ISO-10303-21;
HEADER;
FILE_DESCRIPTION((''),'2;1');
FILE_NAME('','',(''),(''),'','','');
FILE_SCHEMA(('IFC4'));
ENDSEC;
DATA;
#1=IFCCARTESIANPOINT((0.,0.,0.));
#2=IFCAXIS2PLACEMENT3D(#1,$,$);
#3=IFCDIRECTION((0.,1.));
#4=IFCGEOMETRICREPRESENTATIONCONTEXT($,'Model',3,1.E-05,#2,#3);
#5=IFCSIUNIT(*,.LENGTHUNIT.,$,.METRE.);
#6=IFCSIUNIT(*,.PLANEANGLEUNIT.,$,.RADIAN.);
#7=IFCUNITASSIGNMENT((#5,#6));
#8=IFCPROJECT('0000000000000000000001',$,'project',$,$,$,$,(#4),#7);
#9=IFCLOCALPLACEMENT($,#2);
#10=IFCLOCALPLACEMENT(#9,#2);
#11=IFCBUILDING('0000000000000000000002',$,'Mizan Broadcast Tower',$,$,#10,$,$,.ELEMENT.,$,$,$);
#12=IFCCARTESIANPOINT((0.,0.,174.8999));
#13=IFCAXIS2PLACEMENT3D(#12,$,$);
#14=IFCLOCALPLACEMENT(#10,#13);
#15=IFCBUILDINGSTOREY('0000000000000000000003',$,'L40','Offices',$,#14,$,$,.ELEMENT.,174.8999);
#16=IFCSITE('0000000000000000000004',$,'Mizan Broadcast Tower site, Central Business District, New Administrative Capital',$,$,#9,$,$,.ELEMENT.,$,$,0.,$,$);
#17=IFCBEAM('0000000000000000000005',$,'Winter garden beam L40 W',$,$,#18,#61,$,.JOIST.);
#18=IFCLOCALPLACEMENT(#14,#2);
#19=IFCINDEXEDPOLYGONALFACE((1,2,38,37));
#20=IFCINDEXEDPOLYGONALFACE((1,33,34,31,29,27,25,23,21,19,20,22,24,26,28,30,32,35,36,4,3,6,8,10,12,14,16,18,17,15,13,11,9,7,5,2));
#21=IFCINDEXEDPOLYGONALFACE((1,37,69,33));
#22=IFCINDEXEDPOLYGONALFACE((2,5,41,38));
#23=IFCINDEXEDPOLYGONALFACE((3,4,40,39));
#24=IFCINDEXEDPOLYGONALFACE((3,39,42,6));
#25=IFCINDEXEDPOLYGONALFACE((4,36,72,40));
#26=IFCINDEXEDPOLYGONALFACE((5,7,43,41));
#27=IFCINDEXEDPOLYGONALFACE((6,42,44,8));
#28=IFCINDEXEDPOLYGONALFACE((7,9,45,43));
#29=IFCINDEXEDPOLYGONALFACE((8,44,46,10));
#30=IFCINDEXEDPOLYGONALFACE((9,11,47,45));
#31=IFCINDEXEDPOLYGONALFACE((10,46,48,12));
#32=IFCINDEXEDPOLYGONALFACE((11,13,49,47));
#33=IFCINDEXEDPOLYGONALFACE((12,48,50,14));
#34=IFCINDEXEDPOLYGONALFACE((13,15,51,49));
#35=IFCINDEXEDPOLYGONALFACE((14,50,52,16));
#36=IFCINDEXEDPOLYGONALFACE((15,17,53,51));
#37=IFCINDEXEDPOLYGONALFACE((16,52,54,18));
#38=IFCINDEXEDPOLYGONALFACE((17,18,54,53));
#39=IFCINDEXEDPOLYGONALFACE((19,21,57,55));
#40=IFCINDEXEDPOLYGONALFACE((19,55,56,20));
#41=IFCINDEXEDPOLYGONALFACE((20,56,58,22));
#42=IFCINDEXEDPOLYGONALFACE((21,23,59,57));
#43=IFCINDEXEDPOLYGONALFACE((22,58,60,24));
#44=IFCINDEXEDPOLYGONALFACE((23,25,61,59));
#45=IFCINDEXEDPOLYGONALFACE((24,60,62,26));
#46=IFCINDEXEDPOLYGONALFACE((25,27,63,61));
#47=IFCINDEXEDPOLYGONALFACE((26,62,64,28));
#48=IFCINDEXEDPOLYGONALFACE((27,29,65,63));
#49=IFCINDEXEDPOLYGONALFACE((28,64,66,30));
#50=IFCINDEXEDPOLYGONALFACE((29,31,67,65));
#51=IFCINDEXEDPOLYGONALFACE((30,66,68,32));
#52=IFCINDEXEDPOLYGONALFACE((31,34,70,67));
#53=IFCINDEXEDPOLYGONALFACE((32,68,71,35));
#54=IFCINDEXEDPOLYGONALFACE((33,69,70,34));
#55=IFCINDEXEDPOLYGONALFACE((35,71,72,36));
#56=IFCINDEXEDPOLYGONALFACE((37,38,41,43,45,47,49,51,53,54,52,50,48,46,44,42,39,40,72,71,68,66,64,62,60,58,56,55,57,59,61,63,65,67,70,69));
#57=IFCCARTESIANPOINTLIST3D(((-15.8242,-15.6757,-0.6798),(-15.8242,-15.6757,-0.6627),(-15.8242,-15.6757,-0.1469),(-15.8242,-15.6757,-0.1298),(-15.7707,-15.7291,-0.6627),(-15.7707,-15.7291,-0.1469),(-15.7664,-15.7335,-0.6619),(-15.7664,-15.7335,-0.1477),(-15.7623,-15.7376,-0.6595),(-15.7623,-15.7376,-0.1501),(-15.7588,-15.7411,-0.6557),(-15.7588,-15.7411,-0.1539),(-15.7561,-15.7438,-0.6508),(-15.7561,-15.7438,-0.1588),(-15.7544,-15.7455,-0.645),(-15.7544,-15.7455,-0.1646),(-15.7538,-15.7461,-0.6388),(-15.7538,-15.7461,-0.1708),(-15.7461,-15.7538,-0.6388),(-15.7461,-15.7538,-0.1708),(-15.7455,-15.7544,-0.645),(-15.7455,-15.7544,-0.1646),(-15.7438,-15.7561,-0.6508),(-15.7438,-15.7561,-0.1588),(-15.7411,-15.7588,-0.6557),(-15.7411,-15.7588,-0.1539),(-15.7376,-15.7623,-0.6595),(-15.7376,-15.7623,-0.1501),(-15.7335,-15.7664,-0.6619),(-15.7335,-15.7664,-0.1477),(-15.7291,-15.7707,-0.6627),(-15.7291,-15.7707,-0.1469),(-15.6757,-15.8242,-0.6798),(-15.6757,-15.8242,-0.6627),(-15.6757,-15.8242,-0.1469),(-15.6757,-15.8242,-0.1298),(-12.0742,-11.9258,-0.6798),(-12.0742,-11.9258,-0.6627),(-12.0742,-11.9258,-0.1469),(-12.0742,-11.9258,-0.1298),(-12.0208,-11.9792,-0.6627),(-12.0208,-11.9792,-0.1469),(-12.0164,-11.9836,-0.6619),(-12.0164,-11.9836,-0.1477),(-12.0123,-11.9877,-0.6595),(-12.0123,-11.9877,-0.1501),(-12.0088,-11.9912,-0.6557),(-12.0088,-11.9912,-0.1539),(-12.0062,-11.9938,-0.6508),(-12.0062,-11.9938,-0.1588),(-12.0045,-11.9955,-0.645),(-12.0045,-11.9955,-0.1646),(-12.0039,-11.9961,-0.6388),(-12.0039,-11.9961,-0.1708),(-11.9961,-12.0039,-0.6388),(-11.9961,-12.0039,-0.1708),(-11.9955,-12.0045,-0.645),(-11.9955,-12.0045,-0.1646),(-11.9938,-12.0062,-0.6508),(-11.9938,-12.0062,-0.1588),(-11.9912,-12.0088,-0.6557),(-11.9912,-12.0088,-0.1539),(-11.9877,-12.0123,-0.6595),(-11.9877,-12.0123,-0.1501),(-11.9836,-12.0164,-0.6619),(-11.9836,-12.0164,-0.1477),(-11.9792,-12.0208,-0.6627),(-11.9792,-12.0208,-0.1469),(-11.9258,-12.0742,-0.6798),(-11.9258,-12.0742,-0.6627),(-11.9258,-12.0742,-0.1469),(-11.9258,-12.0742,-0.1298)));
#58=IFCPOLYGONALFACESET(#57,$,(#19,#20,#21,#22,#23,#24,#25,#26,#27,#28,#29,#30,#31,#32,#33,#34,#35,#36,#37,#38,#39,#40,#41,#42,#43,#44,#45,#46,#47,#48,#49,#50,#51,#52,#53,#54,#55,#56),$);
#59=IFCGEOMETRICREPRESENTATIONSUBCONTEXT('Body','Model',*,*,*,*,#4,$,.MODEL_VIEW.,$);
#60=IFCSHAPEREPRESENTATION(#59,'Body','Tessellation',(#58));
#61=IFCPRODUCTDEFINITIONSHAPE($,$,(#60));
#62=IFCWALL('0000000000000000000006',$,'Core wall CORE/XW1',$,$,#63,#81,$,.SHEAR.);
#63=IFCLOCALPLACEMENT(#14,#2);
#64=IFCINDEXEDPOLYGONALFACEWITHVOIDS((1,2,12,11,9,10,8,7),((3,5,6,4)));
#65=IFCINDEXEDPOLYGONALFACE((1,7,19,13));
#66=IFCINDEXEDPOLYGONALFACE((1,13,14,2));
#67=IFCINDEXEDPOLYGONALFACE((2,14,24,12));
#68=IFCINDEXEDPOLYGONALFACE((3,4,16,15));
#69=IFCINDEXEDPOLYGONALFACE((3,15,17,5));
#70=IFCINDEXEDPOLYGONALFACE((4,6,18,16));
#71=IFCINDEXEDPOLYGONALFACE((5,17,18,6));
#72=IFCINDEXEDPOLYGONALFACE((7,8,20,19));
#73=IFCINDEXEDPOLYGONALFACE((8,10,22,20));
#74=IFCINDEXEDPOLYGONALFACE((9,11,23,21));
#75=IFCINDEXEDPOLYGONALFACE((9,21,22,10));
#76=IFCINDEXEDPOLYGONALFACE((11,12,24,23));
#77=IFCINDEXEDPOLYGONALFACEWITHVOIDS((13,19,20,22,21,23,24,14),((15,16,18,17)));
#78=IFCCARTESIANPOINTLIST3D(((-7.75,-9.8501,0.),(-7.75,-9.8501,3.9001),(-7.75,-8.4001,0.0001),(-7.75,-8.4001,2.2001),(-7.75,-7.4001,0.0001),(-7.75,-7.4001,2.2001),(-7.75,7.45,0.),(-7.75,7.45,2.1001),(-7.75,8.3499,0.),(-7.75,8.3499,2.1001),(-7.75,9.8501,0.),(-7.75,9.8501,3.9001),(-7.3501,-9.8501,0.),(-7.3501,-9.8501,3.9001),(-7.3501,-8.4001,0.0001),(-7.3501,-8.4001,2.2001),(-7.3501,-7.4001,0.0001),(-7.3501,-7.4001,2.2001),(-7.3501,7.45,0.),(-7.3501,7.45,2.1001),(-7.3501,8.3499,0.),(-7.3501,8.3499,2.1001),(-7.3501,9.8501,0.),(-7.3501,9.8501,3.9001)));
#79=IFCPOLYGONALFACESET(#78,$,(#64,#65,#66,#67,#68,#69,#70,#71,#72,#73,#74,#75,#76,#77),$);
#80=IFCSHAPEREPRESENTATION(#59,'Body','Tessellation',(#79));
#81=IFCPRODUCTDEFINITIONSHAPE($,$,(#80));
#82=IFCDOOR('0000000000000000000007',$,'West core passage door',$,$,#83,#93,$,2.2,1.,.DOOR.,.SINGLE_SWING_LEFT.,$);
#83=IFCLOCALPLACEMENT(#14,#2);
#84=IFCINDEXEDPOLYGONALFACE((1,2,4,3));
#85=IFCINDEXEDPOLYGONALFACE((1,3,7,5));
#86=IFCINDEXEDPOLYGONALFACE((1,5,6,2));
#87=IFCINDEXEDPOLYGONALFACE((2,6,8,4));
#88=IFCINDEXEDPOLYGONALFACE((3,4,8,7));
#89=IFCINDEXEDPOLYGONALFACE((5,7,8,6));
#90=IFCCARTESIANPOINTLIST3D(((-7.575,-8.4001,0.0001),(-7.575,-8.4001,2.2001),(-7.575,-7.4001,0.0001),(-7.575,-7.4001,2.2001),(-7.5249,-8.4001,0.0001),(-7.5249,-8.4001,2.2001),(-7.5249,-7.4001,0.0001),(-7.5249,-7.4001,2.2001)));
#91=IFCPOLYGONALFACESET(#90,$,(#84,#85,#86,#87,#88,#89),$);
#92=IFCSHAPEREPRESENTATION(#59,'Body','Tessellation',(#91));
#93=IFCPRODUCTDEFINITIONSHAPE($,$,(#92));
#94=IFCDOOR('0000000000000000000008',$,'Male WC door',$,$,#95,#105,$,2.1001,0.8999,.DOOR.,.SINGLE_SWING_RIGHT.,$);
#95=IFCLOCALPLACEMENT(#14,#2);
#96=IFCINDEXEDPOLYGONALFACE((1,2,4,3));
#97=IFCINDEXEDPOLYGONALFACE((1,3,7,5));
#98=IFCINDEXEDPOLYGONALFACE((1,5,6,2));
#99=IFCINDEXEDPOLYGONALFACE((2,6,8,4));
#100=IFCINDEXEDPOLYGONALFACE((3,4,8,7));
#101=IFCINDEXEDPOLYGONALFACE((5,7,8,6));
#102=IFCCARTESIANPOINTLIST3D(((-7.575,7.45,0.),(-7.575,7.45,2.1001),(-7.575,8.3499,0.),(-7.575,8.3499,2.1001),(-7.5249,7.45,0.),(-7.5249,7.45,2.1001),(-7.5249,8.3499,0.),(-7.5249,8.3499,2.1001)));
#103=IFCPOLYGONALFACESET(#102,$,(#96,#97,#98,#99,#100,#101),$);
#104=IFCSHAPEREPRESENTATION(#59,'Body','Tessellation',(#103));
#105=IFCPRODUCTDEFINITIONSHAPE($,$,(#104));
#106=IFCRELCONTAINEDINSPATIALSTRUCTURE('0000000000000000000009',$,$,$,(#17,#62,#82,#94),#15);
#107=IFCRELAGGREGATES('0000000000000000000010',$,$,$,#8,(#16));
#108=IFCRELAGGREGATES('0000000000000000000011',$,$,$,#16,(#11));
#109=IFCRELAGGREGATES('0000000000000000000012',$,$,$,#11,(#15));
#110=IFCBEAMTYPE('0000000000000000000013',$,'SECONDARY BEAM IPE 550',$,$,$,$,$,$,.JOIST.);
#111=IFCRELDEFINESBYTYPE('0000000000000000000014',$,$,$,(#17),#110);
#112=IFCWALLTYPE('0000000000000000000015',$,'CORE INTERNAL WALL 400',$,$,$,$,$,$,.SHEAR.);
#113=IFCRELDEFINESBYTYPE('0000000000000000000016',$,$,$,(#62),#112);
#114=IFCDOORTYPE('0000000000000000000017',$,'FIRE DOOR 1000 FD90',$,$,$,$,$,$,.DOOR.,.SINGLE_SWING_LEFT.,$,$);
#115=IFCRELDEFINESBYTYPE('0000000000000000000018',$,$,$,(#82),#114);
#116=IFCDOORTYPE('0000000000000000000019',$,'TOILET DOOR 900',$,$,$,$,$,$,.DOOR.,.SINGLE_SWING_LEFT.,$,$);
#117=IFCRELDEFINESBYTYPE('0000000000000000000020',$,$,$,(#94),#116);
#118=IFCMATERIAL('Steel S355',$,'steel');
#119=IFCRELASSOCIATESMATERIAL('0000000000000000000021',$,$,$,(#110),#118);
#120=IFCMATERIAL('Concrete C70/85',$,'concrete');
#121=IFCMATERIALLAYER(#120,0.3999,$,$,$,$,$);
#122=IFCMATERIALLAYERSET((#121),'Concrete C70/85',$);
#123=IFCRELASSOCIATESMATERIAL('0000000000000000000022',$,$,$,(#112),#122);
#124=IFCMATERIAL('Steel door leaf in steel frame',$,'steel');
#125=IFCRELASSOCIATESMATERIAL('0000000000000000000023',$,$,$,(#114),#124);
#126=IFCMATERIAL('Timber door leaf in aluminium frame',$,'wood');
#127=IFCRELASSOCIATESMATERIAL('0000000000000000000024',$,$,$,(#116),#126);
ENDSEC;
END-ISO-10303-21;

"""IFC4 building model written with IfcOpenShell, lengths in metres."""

from ifc_helpers import new_model, si_unit, direction, frame, frame_2d, origin, origin_2d, place, context, subcontext, project, spatial, rectangle, i_section, extrude, material, layer, layer_set, material_profile, profile_set, type_object, element, fill, save


model = new_model("IFC4")

# Units and contexts
model_context = context("Model", 3, precision=1e-05, world=origin(), true_north=direction((0.0, 1.0)))
body_context = subcontext(model_context, "Body", "Model", "MODEL_VIEW")
ifc_project = project(units=[si_unit("LENGTHUNIT", "METRE"), si_unit("PLANEANGLEUNIT", "RADIAN")], contexts=[model_context])

# Site, building, storey
site_placement = place(None, origin())
site = spatial("IfcSite", under=ifc_project, at=site_placement, Name="Mizan Broadcast Tower site, Central Business District, New Administrative Capital", CompositionType="ELEMENT", RefElevation=0.0)
building_placement = place(site_placement, origin())
building = spatial("IfcBuilding", under=site, at=building_placement, Name="Mizan Broadcast Tower", CompositionType="ELEMENT")
storey_placement = place(building_placement, frame((0.0, 0.0, 174.8999)))
storey = spatial("IfcBuildingStorey", under=building, at=storey_placement, Name="L40", Description="Offices", CompositionType="ELEMENT", Elevation=174.8999)

# Beam
ifc_material_1 = material(Name="Steel S355", Category="steel")
ifc_material_profile_1 = material_profile(ifc_material_1, i_section(OverallWidth=0.21, OverallDepth=0.55, WebThickness=0.011, FlangeThickness=0.0171, FilletRadius=0.0239, at=origin_2d()), Name="IPE 550")
ifc_profile_set_1 = profile_set([ifc_material_profile_1], Name="Steel S355")
beam_type_1 = type_object("IfcBeamType", Name="SECONDARY BEAM IPE 550", PredefinedType="JOIST", material=ifc_profile_set_1)
beam_1_placement = place(storey_placement, frame((-12.0, -12.0, -0.4048), z_axis=(-0.707107, -0.707107, 0.0), x_axis=(0.707107, -0.707107, 0.0)))
element("IfcBeam", 1, at=beam_1_placement, inside=storey, type_object=beam_type_1, Name="Winter garden beam L40 W", PredefinedType="JOIST", context=body_context, shape_type="SweptSolid", body=[
    extrude(i_section(OverallWidth=0.21, OverallDepth=0.55, WebThickness=0.011, FlangeThickness=0.0171, FilletRadius=0.0239, at=origin_2d()), origin(), (0.0, 0.0, 1.0), 5.3032),
])

# Wall, openings, doors
ifc_material_2 = material(Name="Concrete C70/85", Category="concrete")
ifc_layer_1 = layer(ifc_material_2, 0.3999)
ifc_layer_set_1 = layer_set([ifc_layer_1], Name="Concrete C70/85")
wall_type_1 = type_object("IfcWallType", Name="CORE INTERNAL WALL 400", PredefinedType="SHEAR", material=ifc_layer_set_1)
wall_1_placement = place(storey_placement, frame((-7.55, -9.8501, 0.0), z_axis=(0.0, 0.0, 1.0), x_axis=(0.0, 1.0, 0.0)))
wall_1 = element("IfcWall", 2, at=wall_1_placement, inside=storey, type_object=wall_type_1, Name="Core wall CORE/XW1", PredefinedType="SHEAR", context=body_context, shape_type="SweptSolid", body=[
    extrude(rectangle(XDim=19.7002, YDim=0.3999, at=frame_2d((9.8501, 0.0))), origin(), (0.0, 0.0, 1.0), 3.9001),
])
opening_1_placement = place(wall_1_placement, frame((1.45, 0.0, 0.0)))
opening_1 = element("IfcOpeningElement", 3, at=opening_1_placement, cuts=wall_1, PredefinedType="OPENING", context=body_context, shape_type="SweptSolid", body=[
    extrude(rectangle(XDim=1.0, YDim=2.2, at=frame_2d((0.5, 1.1001))), frame((0.0, 0.21, 0.0), z_axis=(0.0, -1.0, 0.0), x_axis=(1.0, 0.0, 0.0)), (0.0, 0.0, 1.0), 0.4199),
])
opening_2_placement = place(wall_1_placement, frame((17.3, 0.0, 0.0)))
opening_2 = element("IfcOpeningElement", 4, at=opening_2_placement, cuts=wall_1, PredefinedType="OPENING", context=body_context, shape_type="SweptSolid", body=[
    extrude(rectangle(XDim=0.8999, YDim=2.1001, at=frame_2d((0.45, 1.05))), frame((0.0, 0.21, 0.0), z_axis=(0.0, -1.0, 0.0), x_axis=(1.0, 0.0, 0.0)), (0.0, 0.0, 1.0), 0.4199),
])
ifc_material_3 = material(Name="Steel door leaf in steel frame", Category="steel")
door_type_1 = type_object("IfcDoorType", Name="FIRE DOOR 1000 FD90", OperationType="SINGLE_SWING_LEFT", PredefinedType="DOOR", material=ifc_material_3)
door_1_placement = place(opening_1_placement, origin())
door_1 = element("IfcDoor", 5, at=door_1_placement, inside=storey, type_object=door_type_1, Name="West core passage door", OperationType="SINGLE_SWING_LEFT", OverallHeight=2.2, OverallWidth=1.0, PredefinedType="DOOR", context=body_context, shape_type="SweptSolid", body=[
    extrude(rectangle(XDim=1.0, YDim=2.2, at=frame_2d((0.5, 1.1001))), frame((0.0, 0.0249, 0.0), z_axis=(0.0, -1.0, 0.0), x_axis=(1.0, 0.0, 0.0)), (0.0, 0.0, 1.0), 0.05),
])
fill(opening_1, door_1)
ifc_material_4 = material(Name="Timber door leaf in aluminium frame", Category="wood")
door_type_2 = type_object("IfcDoorType", Name="TOILET DOOR 900", OperationType="SINGLE_SWING_LEFT", PredefinedType="DOOR", material=ifc_material_4)
door_2_placement = place(opening_2_placement, origin())
door_2 = element("IfcDoor", 6, at=door_2_placement, inside=storey, type_object=door_type_2, Name="Male WC door", OperationType="SINGLE_SWING_RIGHT", OverallHeight=2.1001, OverallWidth=0.8999, PredefinedType="DOOR", context=body_context, shape_type="SweptSolid", body=[
    extrude(rectangle(XDim=0.8999, YDim=2.1001, at=frame_2d((0.45, 1.05))), frame((0.0, 0.0249, 0.0), z_axis=(0.0, -1.0, 0.0), x_axis=(1.0, 0.0, 0.0)), (0.0, 0.0, 1.0), 0.05),
])
fill(opening_2, door_2)

save(model, "model.ifc")
